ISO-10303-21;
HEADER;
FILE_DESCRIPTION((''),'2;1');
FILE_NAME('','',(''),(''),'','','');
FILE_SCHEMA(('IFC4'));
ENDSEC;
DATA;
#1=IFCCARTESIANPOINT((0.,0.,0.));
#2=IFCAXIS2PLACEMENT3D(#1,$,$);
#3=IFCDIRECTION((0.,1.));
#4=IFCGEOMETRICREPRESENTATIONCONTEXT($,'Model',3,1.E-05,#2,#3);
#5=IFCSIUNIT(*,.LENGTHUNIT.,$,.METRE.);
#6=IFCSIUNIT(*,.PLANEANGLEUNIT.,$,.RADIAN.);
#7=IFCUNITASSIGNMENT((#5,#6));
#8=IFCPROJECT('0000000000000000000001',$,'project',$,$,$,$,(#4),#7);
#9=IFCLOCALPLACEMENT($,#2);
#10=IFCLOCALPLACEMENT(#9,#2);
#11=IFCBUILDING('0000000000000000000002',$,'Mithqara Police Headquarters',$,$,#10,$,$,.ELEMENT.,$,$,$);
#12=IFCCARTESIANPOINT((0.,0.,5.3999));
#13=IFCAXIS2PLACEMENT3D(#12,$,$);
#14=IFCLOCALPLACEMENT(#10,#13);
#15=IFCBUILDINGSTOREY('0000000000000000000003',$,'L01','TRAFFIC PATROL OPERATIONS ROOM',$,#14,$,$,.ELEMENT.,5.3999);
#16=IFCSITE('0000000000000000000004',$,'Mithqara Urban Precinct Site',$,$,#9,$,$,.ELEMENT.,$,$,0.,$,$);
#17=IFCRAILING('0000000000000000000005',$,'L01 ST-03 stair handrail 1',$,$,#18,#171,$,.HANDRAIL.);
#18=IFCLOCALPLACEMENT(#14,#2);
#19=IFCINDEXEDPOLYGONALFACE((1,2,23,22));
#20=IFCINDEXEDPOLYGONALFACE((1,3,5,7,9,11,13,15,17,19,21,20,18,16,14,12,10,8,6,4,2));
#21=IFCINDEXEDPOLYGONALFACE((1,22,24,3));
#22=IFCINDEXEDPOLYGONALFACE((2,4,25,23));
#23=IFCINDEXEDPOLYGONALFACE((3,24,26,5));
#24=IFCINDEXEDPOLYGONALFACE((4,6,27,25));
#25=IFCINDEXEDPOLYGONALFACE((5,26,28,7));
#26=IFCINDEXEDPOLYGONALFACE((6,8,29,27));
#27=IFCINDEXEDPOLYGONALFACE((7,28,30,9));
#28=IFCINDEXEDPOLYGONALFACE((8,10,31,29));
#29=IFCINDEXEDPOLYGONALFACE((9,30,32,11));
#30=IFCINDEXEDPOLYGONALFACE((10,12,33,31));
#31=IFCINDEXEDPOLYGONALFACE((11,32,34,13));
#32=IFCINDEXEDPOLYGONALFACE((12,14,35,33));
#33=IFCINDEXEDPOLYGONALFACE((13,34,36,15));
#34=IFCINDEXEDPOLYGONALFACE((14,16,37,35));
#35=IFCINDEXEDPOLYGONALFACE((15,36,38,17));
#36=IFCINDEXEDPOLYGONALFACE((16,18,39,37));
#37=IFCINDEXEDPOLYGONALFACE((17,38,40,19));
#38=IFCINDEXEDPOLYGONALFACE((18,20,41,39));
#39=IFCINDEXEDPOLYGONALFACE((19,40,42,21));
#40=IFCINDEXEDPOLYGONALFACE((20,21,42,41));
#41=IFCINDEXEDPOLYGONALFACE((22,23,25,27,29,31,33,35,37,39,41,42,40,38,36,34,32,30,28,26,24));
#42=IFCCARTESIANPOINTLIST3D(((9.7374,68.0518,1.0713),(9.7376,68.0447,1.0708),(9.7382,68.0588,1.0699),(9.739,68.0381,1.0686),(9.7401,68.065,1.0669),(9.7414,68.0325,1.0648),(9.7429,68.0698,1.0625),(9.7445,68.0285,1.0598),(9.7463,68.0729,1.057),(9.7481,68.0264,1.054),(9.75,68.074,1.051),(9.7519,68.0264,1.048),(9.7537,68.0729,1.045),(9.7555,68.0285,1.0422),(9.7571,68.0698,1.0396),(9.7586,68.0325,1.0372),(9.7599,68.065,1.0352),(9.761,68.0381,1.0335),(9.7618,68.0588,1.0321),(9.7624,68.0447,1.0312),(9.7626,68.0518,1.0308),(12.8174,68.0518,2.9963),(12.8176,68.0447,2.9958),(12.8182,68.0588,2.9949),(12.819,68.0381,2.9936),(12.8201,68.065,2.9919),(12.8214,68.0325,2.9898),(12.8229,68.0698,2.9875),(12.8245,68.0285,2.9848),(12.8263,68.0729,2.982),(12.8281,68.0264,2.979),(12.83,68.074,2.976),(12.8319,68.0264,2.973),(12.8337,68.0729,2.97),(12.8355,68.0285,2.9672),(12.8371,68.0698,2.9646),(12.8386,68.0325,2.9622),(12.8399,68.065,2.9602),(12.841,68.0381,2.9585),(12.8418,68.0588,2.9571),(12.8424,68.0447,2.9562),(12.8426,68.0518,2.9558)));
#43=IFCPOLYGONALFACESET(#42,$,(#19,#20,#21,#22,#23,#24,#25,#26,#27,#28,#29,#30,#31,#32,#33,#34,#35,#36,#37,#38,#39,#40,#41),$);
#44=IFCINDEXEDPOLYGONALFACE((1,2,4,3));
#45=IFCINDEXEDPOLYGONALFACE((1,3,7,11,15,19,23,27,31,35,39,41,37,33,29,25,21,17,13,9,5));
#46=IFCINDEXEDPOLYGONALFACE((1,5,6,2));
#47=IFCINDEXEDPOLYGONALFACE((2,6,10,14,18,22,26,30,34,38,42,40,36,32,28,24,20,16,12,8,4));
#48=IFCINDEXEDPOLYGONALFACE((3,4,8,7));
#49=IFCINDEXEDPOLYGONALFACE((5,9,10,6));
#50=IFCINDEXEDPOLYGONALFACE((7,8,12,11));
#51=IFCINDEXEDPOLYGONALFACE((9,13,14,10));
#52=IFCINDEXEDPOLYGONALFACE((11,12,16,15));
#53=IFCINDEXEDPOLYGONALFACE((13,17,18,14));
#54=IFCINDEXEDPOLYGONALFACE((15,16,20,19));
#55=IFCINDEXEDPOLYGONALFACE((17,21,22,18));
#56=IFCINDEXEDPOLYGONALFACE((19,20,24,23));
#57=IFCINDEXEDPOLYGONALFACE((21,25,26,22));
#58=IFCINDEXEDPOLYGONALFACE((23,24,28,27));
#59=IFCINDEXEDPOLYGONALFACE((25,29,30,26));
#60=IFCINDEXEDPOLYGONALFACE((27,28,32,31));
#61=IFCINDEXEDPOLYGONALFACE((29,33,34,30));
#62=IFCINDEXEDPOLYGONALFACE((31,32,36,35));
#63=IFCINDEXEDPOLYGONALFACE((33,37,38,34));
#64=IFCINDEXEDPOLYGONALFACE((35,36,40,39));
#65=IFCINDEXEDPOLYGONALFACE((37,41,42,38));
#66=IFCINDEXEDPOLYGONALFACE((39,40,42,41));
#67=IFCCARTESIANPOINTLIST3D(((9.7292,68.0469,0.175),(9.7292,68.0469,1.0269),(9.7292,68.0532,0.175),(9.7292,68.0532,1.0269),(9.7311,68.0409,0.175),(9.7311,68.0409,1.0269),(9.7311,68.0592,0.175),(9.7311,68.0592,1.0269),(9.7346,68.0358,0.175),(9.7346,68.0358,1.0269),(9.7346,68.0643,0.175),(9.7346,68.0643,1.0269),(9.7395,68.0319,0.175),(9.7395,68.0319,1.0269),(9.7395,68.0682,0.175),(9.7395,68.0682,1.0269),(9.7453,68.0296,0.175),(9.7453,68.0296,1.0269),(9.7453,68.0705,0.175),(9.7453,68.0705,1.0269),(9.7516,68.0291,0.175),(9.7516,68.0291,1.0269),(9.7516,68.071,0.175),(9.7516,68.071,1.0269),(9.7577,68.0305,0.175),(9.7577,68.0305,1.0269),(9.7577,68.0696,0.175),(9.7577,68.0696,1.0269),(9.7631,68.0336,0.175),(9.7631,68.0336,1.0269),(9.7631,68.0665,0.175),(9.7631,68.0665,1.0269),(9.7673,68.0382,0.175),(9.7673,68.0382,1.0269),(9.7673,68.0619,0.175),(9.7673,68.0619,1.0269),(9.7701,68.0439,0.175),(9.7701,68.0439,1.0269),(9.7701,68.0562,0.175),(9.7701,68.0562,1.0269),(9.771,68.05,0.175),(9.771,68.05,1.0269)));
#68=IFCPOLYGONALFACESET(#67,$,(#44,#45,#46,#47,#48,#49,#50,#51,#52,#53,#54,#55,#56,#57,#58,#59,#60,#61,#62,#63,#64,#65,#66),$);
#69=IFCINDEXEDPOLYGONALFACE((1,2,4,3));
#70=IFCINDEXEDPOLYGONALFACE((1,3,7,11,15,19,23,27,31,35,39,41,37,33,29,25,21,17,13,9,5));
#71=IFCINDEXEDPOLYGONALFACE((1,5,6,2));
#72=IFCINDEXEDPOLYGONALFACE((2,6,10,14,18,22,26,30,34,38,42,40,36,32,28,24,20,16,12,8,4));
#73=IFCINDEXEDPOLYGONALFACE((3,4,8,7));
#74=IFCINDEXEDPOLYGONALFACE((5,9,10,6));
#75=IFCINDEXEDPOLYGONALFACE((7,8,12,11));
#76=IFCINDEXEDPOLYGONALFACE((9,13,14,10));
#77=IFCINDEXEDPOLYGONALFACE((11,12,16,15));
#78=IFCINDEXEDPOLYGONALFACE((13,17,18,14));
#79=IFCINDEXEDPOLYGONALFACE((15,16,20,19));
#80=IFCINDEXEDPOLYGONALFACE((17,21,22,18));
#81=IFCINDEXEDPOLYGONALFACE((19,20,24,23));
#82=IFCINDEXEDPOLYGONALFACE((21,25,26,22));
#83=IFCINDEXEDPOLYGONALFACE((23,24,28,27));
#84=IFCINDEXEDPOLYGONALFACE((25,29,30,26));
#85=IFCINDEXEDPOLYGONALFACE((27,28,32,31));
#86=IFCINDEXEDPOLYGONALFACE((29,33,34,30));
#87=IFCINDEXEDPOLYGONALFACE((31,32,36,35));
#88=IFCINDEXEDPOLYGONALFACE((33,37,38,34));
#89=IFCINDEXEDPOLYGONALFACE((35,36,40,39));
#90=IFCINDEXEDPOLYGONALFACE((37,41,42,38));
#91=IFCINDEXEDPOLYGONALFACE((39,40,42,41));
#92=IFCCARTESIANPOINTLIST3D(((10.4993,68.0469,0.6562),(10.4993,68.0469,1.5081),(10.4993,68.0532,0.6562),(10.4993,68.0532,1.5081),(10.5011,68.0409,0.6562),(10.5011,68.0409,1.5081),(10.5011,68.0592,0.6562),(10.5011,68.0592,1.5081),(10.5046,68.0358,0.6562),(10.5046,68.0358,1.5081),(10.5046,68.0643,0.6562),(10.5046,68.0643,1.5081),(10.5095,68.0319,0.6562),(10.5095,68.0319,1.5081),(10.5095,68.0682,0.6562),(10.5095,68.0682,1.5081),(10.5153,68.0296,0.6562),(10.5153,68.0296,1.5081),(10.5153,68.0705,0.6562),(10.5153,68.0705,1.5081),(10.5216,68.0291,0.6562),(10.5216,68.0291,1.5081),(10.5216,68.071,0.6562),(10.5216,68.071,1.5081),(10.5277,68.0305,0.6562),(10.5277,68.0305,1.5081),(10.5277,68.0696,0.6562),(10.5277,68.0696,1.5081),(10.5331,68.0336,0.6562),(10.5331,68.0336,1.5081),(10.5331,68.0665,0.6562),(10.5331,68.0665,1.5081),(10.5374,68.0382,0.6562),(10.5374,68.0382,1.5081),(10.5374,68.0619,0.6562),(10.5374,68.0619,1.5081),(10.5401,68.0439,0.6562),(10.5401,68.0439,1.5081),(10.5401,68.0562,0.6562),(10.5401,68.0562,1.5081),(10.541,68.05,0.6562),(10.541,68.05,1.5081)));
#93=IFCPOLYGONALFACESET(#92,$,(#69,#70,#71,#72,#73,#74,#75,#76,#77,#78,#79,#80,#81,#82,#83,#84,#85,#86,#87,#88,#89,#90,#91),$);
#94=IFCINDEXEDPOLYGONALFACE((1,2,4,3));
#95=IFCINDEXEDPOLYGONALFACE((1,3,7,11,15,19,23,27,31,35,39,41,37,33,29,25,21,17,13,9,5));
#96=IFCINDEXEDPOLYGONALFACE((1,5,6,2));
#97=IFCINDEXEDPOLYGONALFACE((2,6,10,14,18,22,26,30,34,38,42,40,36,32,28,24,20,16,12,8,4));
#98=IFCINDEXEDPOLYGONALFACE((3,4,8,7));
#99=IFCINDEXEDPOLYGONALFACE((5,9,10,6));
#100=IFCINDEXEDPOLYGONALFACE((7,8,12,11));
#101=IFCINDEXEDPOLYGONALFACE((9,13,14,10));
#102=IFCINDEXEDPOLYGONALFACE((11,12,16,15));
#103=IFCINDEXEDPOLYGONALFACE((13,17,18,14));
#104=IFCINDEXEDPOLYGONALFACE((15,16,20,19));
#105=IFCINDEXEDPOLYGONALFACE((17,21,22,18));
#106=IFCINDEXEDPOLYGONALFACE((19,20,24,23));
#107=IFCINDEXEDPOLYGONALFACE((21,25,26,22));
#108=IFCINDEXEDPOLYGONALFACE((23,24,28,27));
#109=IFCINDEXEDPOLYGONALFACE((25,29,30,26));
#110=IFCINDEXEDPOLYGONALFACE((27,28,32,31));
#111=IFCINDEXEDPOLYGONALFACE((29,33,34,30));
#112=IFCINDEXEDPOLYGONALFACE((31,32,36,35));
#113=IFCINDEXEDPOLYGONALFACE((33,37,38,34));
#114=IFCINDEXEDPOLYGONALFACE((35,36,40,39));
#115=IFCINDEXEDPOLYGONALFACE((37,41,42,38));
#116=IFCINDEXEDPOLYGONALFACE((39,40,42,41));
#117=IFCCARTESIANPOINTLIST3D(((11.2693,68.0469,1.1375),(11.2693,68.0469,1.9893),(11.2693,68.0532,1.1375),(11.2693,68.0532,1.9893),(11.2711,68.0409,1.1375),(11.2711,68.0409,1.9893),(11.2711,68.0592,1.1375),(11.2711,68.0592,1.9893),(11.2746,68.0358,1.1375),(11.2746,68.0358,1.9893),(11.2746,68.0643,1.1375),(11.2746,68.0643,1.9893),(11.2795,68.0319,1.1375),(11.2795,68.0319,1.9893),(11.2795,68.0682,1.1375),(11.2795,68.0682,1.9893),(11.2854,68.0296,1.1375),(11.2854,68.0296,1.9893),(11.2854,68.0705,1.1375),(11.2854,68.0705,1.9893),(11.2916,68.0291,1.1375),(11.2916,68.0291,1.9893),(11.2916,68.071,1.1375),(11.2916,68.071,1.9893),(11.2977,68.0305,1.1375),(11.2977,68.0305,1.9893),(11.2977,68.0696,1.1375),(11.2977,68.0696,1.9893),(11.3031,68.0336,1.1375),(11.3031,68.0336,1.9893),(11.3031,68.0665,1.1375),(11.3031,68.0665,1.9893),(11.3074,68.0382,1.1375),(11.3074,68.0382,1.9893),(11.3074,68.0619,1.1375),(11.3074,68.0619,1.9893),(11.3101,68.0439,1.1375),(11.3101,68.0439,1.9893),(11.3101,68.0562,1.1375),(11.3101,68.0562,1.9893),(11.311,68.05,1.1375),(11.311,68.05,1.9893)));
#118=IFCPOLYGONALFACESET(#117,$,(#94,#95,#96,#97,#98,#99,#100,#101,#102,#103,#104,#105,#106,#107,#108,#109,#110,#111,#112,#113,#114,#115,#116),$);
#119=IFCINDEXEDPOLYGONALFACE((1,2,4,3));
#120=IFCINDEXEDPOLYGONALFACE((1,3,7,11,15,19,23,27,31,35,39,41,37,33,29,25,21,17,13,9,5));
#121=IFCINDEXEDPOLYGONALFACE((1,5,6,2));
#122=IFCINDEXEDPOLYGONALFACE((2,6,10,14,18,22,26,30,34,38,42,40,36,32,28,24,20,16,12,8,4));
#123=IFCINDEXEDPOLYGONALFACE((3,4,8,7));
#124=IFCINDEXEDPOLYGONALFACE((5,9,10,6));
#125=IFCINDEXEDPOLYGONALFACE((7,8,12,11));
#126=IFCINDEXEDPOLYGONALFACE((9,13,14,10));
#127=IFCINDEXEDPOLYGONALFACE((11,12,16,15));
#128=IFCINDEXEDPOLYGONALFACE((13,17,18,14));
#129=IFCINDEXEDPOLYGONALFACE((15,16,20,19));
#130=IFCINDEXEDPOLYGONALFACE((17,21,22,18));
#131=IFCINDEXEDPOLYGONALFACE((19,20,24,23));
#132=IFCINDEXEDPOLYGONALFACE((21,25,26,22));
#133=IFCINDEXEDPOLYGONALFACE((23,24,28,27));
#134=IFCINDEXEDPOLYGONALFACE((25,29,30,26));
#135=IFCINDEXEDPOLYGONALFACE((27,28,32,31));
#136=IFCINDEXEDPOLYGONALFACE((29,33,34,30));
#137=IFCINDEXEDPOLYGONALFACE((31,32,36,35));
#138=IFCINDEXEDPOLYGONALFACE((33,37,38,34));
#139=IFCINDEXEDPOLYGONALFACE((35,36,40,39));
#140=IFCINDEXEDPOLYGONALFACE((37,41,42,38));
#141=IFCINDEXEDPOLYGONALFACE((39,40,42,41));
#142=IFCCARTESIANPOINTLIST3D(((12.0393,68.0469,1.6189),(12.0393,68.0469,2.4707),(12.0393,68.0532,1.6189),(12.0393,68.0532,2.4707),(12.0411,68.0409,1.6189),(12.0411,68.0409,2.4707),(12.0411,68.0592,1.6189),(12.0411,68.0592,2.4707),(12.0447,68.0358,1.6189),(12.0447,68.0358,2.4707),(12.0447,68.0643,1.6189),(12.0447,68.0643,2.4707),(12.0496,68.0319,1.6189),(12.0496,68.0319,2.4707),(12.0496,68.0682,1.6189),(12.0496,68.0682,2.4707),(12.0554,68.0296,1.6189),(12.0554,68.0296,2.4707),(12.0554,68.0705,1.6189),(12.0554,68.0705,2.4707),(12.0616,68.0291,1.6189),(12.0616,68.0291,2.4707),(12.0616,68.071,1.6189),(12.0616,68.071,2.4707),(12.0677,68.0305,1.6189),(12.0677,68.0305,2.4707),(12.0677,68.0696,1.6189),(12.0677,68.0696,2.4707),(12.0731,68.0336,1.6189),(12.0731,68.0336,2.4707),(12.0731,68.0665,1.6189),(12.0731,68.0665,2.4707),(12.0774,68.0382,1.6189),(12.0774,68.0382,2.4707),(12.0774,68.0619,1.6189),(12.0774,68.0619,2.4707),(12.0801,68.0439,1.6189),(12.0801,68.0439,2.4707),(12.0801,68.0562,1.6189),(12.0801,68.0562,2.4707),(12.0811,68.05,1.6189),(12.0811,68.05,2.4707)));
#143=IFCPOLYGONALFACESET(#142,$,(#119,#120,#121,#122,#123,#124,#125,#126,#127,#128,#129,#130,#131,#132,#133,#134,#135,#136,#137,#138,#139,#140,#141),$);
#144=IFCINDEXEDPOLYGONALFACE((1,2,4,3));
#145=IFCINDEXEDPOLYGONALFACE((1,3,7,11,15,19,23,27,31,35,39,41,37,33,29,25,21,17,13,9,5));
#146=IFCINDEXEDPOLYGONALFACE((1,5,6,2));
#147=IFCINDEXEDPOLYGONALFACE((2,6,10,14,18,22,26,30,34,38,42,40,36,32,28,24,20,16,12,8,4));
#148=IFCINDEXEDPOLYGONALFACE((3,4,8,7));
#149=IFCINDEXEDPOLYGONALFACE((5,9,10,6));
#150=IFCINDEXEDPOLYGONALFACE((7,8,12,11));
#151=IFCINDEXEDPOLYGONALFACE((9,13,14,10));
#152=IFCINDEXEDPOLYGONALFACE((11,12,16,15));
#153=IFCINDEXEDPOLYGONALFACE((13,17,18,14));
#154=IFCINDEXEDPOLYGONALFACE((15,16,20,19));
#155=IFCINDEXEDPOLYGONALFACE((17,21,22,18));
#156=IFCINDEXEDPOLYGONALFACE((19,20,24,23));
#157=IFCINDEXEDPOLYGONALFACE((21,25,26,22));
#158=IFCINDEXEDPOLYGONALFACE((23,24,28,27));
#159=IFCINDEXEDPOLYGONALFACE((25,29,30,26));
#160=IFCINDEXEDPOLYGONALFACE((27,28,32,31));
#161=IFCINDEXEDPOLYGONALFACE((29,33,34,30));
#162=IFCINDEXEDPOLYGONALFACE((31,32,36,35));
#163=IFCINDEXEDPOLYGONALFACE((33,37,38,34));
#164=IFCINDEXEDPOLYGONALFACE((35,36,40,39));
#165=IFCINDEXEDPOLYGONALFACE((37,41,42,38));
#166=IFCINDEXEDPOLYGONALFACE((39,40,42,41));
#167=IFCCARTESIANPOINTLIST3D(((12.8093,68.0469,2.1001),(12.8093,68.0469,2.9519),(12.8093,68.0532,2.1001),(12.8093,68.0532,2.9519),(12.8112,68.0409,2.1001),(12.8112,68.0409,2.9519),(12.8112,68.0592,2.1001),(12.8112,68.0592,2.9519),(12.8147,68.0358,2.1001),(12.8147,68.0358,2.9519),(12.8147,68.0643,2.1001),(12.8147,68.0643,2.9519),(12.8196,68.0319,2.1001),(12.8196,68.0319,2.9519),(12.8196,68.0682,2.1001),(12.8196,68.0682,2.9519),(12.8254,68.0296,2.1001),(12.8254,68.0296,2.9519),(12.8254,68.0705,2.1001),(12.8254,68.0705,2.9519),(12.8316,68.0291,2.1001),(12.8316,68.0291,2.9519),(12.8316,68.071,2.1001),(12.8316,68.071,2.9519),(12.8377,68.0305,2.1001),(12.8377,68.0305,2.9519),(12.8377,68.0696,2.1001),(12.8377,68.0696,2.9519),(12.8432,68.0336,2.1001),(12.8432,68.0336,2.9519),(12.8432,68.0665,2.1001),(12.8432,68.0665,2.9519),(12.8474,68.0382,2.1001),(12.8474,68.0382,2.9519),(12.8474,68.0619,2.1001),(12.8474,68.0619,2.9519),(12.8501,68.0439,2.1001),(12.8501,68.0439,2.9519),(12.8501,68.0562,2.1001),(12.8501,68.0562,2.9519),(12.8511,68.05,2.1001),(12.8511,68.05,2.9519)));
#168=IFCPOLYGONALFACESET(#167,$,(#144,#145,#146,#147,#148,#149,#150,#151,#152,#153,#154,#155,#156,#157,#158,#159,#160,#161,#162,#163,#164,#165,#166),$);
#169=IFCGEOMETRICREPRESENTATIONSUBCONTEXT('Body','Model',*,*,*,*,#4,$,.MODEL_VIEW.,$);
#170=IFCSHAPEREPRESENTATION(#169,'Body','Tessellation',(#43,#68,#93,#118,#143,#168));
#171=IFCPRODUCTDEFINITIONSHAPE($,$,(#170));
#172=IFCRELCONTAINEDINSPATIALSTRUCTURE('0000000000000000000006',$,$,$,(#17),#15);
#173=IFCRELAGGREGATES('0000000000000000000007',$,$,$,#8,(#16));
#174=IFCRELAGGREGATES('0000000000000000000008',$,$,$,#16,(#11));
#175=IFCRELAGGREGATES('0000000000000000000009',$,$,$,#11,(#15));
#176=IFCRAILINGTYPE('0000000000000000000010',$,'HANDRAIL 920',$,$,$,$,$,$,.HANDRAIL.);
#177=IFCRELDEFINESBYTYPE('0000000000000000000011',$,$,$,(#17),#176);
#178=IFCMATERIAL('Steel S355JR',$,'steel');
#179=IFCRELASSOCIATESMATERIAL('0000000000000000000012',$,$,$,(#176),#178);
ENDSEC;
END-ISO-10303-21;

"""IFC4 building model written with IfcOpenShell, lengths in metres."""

from ifc_helpers import new_model, si_unit, direction, frame, origin, origin_2d, place, context, subcontext, project, spatial, circle, extrude, material, type_object, element, save


model = new_model("IFC4")

# Units and contexts
model_context = context("Model", 3, precision=1e-05, world=origin(), true_north=direction((0.0, 1.0)))
body_context = subcontext(model_context, "Body", "Model", "MODEL_VIEW")
ifc_project = project(units=[si_unit("LENGTHUNIT", "METRE"), si_unit("PLANEANGLEUNIT", "RADIAN")], contexts=[model_context])

# Site, building, storey
site_placement = place(None, origin())
site = spatial("IfcSite", under=ifc_project, at=site_placement, Name="Mithqara Urban Precinct Site", CompositionType="ELEMENT", RefElevation=0.0)
building_placement = place(site_placement, origin())
building = spatial("IfcBuilding", under=site, at=building_placement, Name="Mithqara Police Headquarters", CompositionType="ELEMENT")
storey_placement = place(building_placement, frame((0.0, 0.0, 5.3999)))
storey = spatial("IfcBuildingStorey", under=building, at=storey_placement, Name="L01", Description="TRAFFIC PATROL OPERATIONS ROOM", CompositionType="ELEMENT", Elevation=5.3999)

# Shared definitions
ifc_material_1 = material(Name="Steel S355JR", Category="steel")

# Railing
railing_type_1 = type_object("IfcRailingType", Name="HANDRAIL 920", PredefinedType="HANDRAIL", material=ifc_material_1)
railing_1_placement = place(storey_placement, frame((9.75, 68.05, 0.175)))
element("IfcRailing", 1, at=railing_1_placement, inside=storey, type_object=railing_type_1, Name="L01 ST-03 stair handrail 1", PredefinedType="HANDRAIL", context=body_context, shape_type="SweptSolid", body=[
    extrude(circle(Radius=0.0239, at=origin_2d()), frame((0.0, 0.0, 0.876), z_axis=(0.847998, 0.0, 0.529999), x_axis=(0.0, 1.0, 0.0)), (0.0, 0.0, 1.0), 3.6321),
    extrude(circle(Radius=0.021, at=origin_2d()), origin(), (0.0, 0.0, 1.0), 0.8518),
    extrude(circle(Radius=0.021, at=origin_2d()), frame((0.77, 0.0, 0.4812)), (0.0, 0.0, 1.0), 0.8518),
    extrude(circle(Radius=0.021, at=origin_2d()), frame((1.54, 0.0, 0.9624)), (0.0, 0.0, 1.0), 0.8518),
    extrude(circle(Radius=0.021, at=origin_2d()), frame((2.3101, 0.0, 1.4438)), (0.0, 0.0, 1.0), 0.8518),
    extrude(circle(Radius=0.021, at=origin_2d()), frame((3.0801, 0.0, 1.925)), (0.0, 0.0, 1.0), 0.8518),
])

save(model, "model.ifc")
